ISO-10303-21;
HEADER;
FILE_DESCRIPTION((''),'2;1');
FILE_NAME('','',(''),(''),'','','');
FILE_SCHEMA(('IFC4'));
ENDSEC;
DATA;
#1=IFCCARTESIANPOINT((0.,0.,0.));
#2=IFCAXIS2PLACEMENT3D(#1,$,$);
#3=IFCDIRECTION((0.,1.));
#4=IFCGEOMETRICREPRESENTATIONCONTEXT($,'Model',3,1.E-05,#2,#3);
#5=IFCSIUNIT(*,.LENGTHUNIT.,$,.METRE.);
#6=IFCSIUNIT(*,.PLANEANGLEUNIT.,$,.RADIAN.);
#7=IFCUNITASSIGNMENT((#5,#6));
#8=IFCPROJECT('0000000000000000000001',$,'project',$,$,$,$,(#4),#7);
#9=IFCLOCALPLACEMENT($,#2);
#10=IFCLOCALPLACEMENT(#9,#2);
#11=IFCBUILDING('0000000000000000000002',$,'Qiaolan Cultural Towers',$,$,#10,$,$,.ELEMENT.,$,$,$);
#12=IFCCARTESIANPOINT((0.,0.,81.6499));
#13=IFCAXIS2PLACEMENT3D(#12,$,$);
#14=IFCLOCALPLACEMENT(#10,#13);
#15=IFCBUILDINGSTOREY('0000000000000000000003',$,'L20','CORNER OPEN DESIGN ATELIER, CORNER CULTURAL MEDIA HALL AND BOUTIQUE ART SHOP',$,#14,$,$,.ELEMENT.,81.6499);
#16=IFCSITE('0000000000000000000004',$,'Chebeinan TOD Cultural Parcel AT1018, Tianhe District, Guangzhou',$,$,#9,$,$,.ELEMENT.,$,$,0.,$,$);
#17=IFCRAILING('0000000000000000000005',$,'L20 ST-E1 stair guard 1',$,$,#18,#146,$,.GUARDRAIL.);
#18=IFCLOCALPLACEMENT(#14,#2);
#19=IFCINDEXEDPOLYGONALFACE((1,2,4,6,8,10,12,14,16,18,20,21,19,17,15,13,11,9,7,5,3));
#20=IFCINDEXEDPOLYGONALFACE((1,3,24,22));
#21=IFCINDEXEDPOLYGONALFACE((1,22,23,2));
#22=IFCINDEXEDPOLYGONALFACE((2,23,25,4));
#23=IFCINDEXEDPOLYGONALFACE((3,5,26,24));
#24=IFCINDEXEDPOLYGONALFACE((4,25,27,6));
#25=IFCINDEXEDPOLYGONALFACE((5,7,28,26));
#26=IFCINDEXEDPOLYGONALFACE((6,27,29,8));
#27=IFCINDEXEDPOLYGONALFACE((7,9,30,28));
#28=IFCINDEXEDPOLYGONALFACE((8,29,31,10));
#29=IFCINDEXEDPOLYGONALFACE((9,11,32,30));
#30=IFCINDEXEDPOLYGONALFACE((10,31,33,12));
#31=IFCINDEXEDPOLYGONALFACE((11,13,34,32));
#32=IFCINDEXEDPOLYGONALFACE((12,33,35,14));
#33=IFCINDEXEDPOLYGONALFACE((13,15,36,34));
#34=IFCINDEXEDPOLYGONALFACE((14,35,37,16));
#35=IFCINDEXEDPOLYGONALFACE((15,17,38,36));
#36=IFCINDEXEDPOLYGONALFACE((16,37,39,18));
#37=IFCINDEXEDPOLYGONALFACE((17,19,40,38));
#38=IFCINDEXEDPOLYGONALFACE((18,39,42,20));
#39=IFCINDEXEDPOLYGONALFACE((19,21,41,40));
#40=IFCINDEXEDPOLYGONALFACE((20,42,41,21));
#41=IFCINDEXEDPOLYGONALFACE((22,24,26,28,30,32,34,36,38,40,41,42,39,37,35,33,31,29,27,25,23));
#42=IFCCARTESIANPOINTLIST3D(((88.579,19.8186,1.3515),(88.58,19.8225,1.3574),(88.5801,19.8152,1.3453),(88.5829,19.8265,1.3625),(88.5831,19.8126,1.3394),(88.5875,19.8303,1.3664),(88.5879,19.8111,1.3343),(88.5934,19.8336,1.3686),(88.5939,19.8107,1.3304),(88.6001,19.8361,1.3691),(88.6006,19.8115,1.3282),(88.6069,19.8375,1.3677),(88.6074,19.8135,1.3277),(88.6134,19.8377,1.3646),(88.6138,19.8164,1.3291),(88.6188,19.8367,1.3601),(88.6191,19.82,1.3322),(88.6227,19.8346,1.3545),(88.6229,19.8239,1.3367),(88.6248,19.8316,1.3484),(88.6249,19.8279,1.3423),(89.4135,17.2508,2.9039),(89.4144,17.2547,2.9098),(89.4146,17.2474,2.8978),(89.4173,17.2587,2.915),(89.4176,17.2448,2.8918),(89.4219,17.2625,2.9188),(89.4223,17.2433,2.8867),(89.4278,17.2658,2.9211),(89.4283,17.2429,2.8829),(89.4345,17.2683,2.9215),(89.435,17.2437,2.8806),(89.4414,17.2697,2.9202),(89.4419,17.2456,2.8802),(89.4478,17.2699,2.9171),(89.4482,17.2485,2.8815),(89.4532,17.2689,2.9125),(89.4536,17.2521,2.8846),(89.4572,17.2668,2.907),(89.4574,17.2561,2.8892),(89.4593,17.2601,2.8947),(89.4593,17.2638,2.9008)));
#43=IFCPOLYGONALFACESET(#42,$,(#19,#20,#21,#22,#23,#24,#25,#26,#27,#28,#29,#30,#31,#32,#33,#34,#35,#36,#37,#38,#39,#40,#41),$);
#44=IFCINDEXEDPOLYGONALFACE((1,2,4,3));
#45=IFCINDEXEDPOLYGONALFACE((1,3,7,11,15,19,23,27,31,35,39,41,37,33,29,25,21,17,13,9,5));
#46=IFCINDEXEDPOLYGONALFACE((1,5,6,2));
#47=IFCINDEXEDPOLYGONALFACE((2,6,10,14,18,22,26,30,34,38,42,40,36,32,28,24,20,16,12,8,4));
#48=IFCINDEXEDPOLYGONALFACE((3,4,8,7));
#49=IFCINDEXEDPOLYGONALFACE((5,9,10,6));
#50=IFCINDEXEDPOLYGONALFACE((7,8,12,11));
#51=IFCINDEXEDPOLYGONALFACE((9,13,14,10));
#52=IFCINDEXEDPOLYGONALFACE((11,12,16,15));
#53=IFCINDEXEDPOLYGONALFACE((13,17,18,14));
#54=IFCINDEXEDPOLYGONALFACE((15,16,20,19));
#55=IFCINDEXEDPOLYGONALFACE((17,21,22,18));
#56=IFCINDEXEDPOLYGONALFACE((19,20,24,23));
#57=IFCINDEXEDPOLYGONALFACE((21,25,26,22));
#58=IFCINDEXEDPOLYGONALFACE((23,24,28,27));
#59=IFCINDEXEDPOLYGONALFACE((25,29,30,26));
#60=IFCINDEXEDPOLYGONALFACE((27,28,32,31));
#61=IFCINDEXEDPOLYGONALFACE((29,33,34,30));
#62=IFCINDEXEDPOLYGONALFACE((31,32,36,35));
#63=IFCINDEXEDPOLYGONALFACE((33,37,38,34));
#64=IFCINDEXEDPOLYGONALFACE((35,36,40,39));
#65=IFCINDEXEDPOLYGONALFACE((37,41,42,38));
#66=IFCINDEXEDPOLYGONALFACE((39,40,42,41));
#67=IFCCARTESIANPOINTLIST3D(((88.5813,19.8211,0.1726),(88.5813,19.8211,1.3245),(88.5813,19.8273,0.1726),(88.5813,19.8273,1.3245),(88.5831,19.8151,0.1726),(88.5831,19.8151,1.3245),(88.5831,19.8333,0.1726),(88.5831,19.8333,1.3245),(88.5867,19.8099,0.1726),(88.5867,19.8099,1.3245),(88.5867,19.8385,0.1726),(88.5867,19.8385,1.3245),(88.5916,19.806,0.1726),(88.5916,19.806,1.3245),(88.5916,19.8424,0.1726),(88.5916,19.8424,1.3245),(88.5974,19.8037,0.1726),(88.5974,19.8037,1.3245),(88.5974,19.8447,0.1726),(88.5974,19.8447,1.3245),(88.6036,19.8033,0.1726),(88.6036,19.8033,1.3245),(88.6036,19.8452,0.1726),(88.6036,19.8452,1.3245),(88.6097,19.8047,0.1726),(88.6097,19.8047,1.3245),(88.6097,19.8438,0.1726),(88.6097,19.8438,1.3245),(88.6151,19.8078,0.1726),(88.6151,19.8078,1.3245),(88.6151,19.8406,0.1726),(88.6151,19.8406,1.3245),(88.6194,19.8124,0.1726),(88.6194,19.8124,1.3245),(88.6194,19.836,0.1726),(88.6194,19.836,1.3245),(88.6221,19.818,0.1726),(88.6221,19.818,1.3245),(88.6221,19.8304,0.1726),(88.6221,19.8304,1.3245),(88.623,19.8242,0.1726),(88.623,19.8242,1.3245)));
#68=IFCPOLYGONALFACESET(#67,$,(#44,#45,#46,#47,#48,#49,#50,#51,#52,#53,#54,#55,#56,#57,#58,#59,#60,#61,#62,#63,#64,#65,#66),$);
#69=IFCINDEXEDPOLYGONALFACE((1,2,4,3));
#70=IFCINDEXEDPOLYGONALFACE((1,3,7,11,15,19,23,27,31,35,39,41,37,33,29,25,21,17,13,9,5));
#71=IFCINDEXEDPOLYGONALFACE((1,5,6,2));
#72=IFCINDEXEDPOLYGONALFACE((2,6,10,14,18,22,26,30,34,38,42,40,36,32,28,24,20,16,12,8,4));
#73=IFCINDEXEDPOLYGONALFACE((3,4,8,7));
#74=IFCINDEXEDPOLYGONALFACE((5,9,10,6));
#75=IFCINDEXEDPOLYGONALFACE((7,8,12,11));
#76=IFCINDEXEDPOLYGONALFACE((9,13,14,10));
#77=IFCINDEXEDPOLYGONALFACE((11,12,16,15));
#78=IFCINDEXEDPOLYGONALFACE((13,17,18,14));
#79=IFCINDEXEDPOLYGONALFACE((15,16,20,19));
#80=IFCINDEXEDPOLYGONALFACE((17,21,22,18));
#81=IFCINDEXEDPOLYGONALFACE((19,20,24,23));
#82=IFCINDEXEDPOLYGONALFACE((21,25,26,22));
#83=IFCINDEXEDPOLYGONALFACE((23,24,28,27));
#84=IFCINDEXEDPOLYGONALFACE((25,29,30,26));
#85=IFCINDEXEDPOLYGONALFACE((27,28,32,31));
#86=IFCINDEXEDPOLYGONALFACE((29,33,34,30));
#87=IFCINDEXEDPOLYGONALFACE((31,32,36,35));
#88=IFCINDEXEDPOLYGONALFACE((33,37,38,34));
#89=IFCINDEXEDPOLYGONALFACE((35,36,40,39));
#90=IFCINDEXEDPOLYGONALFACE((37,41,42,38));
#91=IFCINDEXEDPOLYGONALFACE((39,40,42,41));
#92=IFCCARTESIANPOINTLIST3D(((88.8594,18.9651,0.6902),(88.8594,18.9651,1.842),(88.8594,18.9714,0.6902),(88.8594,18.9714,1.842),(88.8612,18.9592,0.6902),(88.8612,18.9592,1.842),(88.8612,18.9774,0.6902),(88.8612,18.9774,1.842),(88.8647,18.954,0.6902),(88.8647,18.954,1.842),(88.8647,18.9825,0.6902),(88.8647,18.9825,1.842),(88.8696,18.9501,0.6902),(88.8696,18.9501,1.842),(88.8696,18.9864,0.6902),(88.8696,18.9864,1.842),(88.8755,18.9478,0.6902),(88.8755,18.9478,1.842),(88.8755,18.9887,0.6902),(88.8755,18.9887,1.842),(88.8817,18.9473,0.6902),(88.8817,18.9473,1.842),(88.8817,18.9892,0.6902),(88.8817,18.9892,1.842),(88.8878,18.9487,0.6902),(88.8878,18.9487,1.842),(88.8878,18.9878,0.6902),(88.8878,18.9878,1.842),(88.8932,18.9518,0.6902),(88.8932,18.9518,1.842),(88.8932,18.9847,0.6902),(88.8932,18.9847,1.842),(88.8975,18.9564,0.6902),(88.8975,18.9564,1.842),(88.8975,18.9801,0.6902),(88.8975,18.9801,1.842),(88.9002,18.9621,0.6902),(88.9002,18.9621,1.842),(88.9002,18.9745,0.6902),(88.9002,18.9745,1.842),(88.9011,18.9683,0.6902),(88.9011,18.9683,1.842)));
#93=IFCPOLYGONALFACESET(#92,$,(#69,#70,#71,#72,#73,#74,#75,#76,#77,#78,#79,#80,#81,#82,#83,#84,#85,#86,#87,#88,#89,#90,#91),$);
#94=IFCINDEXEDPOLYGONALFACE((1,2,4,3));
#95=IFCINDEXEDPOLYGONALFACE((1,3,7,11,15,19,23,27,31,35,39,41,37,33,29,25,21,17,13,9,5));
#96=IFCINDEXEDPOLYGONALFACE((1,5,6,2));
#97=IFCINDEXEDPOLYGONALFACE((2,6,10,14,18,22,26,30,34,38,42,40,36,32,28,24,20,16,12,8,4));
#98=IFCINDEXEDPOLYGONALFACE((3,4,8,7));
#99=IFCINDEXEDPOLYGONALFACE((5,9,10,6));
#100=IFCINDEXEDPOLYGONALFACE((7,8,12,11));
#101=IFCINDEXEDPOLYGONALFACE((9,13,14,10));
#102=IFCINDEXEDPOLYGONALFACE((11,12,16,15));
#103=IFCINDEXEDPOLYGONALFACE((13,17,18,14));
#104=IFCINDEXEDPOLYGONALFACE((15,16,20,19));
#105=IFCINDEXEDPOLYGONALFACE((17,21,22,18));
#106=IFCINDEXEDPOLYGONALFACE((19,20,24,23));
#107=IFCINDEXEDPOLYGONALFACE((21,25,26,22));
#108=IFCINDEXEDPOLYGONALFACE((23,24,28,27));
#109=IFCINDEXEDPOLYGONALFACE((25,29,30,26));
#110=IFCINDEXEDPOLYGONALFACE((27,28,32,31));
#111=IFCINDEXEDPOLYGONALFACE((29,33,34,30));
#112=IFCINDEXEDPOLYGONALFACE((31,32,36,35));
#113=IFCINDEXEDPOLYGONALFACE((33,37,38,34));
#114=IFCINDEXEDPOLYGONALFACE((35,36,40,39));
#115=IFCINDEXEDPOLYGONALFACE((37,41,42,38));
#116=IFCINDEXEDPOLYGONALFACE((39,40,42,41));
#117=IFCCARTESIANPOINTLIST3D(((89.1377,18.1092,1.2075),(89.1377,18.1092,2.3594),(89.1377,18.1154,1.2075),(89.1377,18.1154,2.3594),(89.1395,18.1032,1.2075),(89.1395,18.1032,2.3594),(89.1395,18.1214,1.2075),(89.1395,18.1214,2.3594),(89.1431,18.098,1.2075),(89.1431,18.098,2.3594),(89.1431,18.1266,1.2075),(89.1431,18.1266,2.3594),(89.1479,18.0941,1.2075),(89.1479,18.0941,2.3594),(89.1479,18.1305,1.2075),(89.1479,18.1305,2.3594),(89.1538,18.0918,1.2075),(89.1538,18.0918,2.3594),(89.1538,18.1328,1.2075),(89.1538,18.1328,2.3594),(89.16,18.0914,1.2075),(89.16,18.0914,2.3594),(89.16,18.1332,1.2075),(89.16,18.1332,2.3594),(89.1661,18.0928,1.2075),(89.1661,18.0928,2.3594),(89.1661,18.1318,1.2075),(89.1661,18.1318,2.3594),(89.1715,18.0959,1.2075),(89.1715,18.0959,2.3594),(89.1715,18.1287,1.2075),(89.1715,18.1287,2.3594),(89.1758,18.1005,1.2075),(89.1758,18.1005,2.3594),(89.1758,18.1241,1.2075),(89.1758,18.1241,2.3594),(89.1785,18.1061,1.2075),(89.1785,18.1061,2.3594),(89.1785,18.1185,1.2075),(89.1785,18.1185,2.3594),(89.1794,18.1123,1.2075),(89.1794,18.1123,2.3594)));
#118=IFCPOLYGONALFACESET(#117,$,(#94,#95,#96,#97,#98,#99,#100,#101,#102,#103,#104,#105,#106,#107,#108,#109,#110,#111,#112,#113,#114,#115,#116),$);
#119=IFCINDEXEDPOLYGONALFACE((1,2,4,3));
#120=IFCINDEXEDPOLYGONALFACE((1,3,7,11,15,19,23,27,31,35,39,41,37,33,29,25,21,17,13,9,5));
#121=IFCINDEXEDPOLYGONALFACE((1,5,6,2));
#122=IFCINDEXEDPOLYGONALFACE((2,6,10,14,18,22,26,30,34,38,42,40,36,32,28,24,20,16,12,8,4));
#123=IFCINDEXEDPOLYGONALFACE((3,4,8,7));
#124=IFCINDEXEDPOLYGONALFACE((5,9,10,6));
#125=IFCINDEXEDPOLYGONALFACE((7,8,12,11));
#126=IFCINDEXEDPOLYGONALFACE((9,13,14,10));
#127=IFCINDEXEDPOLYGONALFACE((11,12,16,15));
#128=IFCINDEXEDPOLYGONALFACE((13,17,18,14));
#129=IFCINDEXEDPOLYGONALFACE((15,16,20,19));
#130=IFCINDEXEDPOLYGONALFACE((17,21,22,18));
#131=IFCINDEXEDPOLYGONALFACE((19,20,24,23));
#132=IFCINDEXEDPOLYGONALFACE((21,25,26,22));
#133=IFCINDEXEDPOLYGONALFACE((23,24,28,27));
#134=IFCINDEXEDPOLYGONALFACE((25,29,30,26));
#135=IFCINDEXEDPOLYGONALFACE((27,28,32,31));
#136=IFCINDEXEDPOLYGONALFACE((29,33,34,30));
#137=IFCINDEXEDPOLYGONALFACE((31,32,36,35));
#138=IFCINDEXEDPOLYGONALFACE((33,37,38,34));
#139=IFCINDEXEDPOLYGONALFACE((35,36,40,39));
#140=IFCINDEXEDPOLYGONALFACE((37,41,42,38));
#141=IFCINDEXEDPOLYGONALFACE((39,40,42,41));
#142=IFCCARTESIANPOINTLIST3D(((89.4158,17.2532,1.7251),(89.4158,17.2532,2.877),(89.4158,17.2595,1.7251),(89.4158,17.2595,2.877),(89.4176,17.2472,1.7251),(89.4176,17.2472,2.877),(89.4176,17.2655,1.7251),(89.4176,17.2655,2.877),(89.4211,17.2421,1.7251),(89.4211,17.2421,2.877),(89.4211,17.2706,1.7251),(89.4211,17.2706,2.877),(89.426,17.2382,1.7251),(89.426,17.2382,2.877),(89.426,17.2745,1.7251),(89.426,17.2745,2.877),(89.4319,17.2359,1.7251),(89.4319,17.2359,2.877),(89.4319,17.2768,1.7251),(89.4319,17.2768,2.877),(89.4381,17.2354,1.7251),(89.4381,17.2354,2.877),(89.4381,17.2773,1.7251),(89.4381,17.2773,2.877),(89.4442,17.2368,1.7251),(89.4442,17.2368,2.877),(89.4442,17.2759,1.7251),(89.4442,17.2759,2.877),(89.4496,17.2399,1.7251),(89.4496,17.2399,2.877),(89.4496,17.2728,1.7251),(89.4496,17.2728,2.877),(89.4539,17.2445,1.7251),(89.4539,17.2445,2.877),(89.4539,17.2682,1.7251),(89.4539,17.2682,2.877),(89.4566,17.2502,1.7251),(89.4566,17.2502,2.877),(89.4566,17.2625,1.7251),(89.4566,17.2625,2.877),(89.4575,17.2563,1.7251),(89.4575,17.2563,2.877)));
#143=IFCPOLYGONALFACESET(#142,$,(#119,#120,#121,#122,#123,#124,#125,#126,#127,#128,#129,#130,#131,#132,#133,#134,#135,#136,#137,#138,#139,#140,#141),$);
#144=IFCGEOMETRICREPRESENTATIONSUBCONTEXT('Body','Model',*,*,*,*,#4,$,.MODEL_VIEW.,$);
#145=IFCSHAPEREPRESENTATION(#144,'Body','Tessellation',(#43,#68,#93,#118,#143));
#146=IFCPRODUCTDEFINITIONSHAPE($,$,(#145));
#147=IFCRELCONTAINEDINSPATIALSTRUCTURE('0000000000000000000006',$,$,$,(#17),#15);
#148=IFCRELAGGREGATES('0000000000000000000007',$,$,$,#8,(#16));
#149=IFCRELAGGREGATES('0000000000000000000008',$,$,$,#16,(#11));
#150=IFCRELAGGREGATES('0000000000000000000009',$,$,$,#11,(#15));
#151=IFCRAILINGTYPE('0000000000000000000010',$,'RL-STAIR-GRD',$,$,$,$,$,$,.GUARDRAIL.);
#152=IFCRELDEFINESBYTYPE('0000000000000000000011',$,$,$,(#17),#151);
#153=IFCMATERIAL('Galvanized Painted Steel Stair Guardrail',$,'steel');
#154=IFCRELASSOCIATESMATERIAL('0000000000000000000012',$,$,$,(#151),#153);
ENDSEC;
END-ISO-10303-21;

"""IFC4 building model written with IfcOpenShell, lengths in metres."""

from ifc_helpers import new_model, si_unit, direction, frame, origin, origin_2d, place, context, subcontext, project, spatial, circle, extrude, material, type_object, element, save


model = new_model("IFC4")

# Units and contexts
model_context = context("Model", 3, precision=1e-05, world=origin(), true_north=direction((0.0, 1.0)))
body_context = subcontext(model_context, "Body", "Model", "MODEL_VIEW")
ifc_project = project(units=[si_unit("LENGTHUNIT", "METRE"), si_unit("PLANEANGLEUNIT", "RADIAN")], contexts=[model_context])

# Site, building, storey
site_placement = place(None, origin())
site = spatial("IfcSite", under=ifc_project, at=site_placement, Name="Chebeinan TOD Cultural Parcel AT1018, Tianhe District, Guangzhou", CompositionType="ELEMENT", RefElevation=0.0)
building_placement = place(site_placement, origin())
building = spatial("IfcBuilding", under=site, at=building_placement, Name="Qiaolan Cultural Towers", CompositionType="ELEMENT")
storey_placement = place(building_placement, frame((0.0, 0.0, 81.6499)))
storey = spatial("IfcBuildingStorey", under=building, at=storey_placement, Name="L20", Description="CORNER OPEN DESIGN ATELIER, CORNER CULTURAL MEDIA HALL AND BOUTIQUE ART SHOP", CompositionType="ELEMENT", Elevation=81.6499)

# Railing
ifc_material_1 = material(Name="Galvanized Painted Steel Stair Guardrail", Category="steel")
railing_type_1 = type_object("IfcRailingType", Name="RL-STAIR-GRD", PredefinedType="GUARDRAIL", material=ifc_material_1)
railing_1_placement = place(storey_placement, frame((88.6021, 19.8242, 0.1726)))
element("IfcRailing", 1, at=railing_1_placement, inside=storey, type_object=railing_type_1, Name="L20 ST-E1 stair guard 1", PredefinedType="GUARDRAIL", context=body_context, shape_type="SweptSolid", body=[
    extrude(circle(Radius=0.0239, at=origin_2d()), frame((0.0, 0.0, 1.1758), z_axis=(0.267926, -0.824471, 0.498461), x_axis=(0.951043, 0.309057, 0.0)), (0.0, 0.0, 1.0), 3.1145),
    extrude(circle(Radius=0.021, at=origin_2d()), origin(), (0.0, 0.0, 1.0), 1.1519),
    extrude(circle(Radius=0.021, at=origin_2d()), frame((0.2781, -0.856, 0.5176)), (0.0, 0.0, 1.0), 1.1519),
    extrude(circle(Radius=0.021, at=origin_2d()), frame((0.5564, -1.7119, 1.0349)), (0.0, 0.0, 1.0), 1.1519),
    extrude(circle(Radius=0.021, at=origin_2d()), frame((0.8345, -2.5679, 1.5525)), (0.0, 0.0, 1.0), 1.1519),
])

save(model, "model.ifc")
